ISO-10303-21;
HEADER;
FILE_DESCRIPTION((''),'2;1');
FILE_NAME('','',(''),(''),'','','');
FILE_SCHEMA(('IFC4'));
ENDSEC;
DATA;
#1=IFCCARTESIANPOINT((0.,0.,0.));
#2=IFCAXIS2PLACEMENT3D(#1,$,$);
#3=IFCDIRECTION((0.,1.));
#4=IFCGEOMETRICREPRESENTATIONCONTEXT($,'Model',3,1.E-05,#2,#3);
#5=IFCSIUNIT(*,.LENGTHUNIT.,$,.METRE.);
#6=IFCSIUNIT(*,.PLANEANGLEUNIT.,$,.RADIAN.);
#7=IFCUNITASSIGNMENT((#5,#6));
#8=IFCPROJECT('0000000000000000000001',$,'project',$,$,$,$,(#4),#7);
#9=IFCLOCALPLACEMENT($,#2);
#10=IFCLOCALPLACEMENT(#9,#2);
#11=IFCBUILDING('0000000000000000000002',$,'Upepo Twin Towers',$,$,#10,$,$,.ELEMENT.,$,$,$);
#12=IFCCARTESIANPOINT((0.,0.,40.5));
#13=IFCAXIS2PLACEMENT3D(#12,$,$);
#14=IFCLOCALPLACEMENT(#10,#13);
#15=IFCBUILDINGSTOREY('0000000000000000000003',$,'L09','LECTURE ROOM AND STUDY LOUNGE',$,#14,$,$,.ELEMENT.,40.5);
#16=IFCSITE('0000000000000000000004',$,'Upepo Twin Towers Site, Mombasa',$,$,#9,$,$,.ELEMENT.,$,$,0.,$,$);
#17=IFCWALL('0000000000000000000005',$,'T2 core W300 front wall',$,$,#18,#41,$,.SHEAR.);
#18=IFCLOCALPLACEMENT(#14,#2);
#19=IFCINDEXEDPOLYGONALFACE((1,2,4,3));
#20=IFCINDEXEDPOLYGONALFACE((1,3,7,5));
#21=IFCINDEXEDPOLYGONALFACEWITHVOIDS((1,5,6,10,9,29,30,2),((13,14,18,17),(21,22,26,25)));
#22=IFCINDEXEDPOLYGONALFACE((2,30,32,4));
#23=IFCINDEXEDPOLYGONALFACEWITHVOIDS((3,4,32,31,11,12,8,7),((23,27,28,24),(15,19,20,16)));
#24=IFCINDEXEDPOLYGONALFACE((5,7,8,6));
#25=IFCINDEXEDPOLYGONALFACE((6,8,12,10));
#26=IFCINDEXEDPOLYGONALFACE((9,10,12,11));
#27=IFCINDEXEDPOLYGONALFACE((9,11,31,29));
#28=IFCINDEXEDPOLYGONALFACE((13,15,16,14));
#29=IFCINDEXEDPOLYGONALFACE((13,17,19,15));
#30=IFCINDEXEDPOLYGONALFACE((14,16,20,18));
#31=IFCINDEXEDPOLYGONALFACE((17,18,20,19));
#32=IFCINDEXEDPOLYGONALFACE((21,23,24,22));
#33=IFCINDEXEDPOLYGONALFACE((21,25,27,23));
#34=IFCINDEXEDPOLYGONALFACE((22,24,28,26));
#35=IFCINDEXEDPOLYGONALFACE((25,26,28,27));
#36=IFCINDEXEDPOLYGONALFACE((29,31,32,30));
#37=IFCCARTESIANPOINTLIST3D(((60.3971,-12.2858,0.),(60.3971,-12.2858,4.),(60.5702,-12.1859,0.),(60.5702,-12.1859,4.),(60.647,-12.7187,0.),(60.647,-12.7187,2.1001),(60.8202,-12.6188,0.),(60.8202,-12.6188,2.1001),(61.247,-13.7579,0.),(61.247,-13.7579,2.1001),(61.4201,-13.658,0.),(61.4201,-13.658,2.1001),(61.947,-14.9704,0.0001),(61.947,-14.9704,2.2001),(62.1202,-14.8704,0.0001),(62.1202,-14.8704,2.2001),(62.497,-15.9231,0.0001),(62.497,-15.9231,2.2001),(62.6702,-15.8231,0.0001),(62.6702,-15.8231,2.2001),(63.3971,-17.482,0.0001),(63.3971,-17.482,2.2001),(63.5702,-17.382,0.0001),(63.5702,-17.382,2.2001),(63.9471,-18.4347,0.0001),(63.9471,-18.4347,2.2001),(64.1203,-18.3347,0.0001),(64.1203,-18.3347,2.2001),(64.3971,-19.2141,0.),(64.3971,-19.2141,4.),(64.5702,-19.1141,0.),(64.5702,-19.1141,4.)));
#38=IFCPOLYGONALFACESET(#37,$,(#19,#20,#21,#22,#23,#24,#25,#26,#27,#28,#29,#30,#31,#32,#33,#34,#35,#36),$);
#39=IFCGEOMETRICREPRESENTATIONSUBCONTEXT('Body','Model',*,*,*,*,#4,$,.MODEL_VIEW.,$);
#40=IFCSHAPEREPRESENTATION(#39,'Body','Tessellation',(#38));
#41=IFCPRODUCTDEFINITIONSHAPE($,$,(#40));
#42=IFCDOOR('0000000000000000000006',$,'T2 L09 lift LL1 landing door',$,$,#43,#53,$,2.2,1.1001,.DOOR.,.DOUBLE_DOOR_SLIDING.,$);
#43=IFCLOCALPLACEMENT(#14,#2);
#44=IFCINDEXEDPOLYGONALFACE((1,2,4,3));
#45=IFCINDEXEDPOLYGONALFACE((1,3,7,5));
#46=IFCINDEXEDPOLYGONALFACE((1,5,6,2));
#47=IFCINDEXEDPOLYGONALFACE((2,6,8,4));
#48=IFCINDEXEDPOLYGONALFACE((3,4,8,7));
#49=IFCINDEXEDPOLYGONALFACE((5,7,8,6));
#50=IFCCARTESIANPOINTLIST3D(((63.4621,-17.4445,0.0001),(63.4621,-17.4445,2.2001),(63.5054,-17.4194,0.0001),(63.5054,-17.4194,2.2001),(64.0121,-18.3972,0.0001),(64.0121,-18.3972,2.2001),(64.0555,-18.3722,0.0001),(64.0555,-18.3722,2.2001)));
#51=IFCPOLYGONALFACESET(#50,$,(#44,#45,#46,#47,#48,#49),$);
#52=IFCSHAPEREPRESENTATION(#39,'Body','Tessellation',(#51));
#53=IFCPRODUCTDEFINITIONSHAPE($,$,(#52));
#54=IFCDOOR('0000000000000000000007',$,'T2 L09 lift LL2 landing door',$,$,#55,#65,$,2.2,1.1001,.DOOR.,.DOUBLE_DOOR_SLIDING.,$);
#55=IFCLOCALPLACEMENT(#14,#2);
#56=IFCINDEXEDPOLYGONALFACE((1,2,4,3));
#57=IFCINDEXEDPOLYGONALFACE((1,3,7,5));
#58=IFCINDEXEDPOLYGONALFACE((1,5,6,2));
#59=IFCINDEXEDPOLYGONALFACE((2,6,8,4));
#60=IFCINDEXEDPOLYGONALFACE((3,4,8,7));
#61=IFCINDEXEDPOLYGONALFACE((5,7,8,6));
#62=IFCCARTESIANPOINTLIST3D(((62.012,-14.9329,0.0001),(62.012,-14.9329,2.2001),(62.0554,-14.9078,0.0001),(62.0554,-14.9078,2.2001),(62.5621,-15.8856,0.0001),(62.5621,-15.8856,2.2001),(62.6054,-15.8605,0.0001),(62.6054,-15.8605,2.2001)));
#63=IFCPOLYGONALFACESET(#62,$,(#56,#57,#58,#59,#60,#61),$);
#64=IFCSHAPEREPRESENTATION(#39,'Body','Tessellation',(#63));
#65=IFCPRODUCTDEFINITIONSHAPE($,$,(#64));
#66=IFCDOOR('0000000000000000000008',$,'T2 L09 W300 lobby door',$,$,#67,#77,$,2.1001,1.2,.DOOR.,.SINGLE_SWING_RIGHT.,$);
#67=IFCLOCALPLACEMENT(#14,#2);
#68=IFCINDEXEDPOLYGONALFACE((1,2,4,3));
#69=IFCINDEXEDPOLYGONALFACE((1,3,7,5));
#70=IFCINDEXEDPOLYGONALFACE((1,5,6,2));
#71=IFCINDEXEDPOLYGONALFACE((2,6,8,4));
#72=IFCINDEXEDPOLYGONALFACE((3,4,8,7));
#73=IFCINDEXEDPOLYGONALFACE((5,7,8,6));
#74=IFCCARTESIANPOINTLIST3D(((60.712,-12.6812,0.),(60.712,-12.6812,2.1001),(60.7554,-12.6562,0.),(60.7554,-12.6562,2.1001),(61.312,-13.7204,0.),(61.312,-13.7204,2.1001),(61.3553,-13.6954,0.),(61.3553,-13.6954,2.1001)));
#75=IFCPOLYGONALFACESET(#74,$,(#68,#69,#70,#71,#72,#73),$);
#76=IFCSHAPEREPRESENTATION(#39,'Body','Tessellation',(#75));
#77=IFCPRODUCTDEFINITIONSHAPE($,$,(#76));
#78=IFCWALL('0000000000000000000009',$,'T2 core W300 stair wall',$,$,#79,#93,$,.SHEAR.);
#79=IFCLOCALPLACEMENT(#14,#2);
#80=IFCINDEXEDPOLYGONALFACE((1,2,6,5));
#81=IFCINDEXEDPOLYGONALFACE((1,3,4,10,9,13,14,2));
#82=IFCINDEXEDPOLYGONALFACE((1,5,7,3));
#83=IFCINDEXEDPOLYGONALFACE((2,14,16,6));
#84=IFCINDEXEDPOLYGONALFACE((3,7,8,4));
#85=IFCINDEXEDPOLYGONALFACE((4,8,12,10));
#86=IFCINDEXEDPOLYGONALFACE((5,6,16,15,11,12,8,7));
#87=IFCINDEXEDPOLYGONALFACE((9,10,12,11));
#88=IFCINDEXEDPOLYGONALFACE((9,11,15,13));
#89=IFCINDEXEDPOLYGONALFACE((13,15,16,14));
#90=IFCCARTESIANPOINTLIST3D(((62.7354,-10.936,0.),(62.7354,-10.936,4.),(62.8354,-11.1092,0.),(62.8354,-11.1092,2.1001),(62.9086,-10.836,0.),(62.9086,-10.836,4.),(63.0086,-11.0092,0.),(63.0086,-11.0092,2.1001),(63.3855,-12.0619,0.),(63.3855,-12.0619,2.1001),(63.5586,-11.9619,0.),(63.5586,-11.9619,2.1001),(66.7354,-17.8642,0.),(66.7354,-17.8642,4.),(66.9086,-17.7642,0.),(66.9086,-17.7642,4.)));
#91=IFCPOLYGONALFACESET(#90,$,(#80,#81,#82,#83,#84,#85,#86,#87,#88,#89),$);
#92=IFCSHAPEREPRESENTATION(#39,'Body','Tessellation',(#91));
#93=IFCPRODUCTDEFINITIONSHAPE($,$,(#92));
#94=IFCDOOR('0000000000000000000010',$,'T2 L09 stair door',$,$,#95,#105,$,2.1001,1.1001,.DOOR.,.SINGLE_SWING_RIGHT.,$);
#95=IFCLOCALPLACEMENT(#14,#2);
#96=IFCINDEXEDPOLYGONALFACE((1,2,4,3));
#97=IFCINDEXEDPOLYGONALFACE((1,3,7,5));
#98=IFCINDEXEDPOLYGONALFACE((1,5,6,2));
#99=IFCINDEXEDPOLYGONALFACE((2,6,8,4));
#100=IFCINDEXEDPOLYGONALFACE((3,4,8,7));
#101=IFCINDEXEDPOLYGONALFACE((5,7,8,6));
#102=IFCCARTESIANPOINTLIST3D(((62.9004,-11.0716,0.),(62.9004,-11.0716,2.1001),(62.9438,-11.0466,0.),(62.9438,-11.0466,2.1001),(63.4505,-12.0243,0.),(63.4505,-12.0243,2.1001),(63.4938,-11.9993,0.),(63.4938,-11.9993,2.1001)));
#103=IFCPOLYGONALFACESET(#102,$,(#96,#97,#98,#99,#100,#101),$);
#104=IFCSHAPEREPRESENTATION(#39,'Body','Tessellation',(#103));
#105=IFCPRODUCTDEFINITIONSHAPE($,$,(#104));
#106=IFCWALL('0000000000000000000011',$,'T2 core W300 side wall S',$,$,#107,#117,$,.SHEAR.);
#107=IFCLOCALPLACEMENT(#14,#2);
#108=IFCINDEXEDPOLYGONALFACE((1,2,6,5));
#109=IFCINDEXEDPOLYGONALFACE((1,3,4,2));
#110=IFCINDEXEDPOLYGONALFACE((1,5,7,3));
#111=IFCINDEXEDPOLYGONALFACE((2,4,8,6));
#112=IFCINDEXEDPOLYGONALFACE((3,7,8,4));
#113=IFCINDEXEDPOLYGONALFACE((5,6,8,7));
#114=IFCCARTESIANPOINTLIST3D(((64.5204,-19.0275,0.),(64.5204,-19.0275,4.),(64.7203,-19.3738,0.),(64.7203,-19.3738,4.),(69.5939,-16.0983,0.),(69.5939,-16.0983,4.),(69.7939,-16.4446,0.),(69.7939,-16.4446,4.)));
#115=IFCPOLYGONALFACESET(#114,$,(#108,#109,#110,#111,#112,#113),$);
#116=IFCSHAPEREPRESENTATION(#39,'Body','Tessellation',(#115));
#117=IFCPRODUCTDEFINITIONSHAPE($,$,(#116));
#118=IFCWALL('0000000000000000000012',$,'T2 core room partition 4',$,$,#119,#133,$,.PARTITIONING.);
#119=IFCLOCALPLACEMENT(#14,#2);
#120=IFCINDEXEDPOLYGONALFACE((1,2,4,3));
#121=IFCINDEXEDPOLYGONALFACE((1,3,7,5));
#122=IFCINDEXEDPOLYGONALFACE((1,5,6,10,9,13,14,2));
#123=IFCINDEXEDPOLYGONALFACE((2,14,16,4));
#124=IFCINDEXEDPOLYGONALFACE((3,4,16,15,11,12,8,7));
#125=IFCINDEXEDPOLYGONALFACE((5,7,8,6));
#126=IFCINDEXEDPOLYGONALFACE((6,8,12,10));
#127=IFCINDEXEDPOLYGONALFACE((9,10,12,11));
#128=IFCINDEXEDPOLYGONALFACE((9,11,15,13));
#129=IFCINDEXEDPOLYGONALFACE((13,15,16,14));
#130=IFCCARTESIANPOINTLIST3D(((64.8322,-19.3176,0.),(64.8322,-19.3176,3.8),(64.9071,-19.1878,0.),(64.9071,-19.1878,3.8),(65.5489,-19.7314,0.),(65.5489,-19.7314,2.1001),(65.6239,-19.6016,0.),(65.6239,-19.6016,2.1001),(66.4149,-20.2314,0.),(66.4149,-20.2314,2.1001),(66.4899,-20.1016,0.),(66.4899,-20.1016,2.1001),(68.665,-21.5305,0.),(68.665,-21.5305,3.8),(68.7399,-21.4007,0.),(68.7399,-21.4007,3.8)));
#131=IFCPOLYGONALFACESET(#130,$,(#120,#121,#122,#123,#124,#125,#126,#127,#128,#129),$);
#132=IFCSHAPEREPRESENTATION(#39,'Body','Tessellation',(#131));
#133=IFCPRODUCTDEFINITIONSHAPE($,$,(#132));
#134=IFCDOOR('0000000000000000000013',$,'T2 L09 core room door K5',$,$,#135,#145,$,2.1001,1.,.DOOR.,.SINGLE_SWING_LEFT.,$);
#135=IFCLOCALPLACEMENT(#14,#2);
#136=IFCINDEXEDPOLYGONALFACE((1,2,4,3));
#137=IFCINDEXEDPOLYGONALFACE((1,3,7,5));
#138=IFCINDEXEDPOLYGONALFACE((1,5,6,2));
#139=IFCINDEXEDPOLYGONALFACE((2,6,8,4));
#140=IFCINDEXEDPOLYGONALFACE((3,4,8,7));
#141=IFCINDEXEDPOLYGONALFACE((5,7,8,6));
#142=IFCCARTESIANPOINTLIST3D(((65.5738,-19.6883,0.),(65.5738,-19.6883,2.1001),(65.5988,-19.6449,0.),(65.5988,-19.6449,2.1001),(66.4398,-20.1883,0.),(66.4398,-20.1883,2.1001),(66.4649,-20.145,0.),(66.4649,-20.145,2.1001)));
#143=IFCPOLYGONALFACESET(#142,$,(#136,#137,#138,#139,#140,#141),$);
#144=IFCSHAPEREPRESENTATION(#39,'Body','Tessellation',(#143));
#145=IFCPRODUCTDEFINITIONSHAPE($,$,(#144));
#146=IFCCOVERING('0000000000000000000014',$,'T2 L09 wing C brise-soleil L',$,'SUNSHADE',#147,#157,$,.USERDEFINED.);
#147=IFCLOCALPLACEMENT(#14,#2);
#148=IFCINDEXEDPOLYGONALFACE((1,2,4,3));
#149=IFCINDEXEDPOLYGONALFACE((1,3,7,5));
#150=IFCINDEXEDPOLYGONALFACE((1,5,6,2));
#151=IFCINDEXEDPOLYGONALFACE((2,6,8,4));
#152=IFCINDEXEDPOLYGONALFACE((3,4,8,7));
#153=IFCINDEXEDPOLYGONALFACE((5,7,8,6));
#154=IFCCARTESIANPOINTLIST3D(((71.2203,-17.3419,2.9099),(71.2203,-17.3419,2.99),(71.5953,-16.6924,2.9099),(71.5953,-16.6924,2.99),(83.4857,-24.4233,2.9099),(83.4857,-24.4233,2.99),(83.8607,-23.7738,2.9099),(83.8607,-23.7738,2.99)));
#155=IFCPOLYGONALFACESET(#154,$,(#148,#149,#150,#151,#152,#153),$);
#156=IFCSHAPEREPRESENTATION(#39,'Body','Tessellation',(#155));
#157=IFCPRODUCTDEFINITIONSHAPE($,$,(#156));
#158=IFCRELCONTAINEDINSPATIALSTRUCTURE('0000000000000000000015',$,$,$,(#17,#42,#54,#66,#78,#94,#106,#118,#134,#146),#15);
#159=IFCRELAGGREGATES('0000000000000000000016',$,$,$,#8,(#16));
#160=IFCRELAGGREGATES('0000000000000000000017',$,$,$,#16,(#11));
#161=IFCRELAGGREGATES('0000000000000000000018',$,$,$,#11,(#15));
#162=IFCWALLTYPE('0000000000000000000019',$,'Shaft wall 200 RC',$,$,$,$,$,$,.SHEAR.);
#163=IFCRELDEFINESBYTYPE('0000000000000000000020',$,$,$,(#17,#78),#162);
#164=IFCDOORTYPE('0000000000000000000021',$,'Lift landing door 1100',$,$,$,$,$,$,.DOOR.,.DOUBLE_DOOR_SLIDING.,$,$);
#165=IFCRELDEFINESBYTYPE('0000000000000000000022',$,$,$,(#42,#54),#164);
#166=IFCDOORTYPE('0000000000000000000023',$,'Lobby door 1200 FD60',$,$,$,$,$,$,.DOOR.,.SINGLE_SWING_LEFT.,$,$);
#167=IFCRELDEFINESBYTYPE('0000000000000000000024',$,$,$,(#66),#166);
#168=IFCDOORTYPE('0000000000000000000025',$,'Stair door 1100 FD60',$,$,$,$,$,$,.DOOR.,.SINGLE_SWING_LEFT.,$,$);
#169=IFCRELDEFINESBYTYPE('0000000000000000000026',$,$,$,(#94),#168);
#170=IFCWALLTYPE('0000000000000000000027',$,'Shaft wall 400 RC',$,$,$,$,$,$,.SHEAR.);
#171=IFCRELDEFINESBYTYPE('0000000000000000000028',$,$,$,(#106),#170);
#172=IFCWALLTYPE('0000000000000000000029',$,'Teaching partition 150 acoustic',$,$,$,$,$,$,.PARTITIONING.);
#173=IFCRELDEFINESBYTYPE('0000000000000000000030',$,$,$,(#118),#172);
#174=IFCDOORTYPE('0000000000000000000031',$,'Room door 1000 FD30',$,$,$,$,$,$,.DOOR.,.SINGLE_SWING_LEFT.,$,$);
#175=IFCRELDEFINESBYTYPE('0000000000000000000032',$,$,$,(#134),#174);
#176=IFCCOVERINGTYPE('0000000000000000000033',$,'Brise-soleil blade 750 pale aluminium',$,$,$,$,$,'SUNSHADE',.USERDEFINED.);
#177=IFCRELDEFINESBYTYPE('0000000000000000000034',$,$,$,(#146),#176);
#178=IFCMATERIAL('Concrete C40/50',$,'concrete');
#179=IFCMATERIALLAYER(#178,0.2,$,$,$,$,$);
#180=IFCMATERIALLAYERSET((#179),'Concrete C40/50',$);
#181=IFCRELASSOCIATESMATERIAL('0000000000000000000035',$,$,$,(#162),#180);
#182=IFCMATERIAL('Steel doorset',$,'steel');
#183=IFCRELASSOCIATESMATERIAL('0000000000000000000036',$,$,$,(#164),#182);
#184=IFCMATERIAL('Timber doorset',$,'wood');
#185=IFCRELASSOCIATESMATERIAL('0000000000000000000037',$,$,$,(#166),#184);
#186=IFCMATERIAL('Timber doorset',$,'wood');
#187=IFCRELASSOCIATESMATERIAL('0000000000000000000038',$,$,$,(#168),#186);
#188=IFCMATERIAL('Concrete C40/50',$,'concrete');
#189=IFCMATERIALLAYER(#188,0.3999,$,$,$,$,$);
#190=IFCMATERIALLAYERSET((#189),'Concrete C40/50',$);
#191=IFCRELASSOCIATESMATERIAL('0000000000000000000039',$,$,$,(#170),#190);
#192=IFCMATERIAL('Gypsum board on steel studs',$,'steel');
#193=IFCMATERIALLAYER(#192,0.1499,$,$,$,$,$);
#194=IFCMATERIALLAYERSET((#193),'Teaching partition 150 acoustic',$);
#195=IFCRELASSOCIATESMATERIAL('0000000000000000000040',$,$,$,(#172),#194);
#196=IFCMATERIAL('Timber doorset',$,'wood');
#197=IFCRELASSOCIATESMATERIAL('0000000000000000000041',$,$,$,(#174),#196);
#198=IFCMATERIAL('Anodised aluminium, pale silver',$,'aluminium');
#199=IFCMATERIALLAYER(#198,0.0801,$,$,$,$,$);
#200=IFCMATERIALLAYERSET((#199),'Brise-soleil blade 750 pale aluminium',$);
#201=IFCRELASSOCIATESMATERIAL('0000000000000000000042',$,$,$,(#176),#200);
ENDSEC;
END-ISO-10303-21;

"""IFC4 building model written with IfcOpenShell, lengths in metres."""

from ifc_helpers import new_model, si_unit, direction, frame, frame_2d, origin, origin_2d, place, context, subcontext, project, spatial, rectangle, extrude, material, layer, layer_set, type_object, element, fill, save


model = new_model("IFC4")

# Units and contexts
model_context = context("Model", 3, precision=1e-05, world=origin(), true_north=direction((0.0, 1.0)))
body_context = subcontext(model_context, "Body", "Model", "MODEL_VIEW")
ifc_project = project(units=[si_unit("LENGTHUNIT", "METRE"), si_unit("PLANEANGLEUNIT", "RADIAN")], contexts=[model_context])

# Site, building, storey
site_placement = place(None, origin())
site = spatial("IfcSite", under=ifc_project, at=site_placement, Name="Upepo Twin Towers Site, Mombasa", CompositionType="ELEMENT", RefElevation=0.0)
building_placement = place(site_placement, origin())
building = spatial("IfcBuilding", under=site, at=building_placement, Name="Upepo Twin Towers", CompositionType="ELEMENT")
storey_placement = place(building_placement, frame((0.0, 0.0, 40.5)))
storey = spatial("IfcBuildingStorey", under=building, at=storey_placement, Name="L09", Description="LECTURE ROOM AND STUDY LOUNGE", CompositionType="ELEMENT", Elevation=40.5)

# Wall, openings, doors
ifc_material_1 = material(Name="Concrete C40/50", Category="concrete")
ifc_layer_1 = layer(ifc_material_1, 0.2)
ifc_layer_set_1 = layer_set([ifc_layer_1], Name="Concrete C40/50")
wall_type_1 = type_object("IfcWallType", Name="Shaft wall 200 RC", PredefinedType="SHEAR", material=ifc_layer_set_1)
wall_1_placement = place(storey_placement, frame((64.4836, -19.1641, 0.0), z_axis=(0.0, 0.0, 1.0), x_axis=(-0.499999, 0.866026, 0.0)))
wall_1 = element("IfcWall", 1, at=wall_1_placement, inside=storey, type_object=wall_type_1, Name="T2 core W300 front wall", PredefinedType="SHEAR", context=body_context, shape_type="SweptSolid", body=[
    extrude(rectangle(XDim=8.0, YDim=0.2, at=frame_2d((4.0, 0.0))), origin(), (0.0, 0.0, 1.0), 4.0),
])
opening_1_placement = place(wall_1_placement, frame((6.3, 0.0, 0.0)))
opening_1 = element("IfcOpeningElement", 2, at=opening_1_placement, cuts=wall_1, PredefinedType="OPENING", context=body_context, shape_type="SweptSolid", body=[
    extrude(rectangle(XDim=1.2, YDim=2.1001, at=frame_2d((0.6001, 1.05))), frame((0.0, 0.1099, 0.0), z_axis=(0.0, -1.0, 0.0), x_axis=(1.0, 0.0, 0.0)), (0.0, 0.0, 1.0), 0.22),
])
opening_2_placement = place(wall_1_placement, frame((0.8999, 0.0, 0.0)))
opening_2 = element("IfcOpeningElement", 3, at=opening_2_placement, cuts=wall_1, PredefinedType="OPENING", context=body_context, shape_type="SweptSolid", body=[
    extrude(rectangle(XDim=1.1001, YDim=2.2, at=frame_2d((0.55, 1.1001))), frame((0.0, 0.1099, 0.0), z_axis=(0.0, -1.0, 0.0), x_axis=(1.0, 0.0, 0.0)), (0.0, 0.0, 1.0), 0.22),
])
opening_3_placement = place(wall_1_placement, frame((3.8, 0.0, 0.0)))
opening_3 = element("IfcOpeningElement", 4, at=opening_3_placement, cuts=wall_1, PredefinedType="OPENING", context=body_context, shape_type="SweptSolid", body=[
    extrude(rectangle(XDim=1.1001, YDim=2.2, at=frame_2d((0.55, 1.1001))), frame((0.0, 0.1099, 0.0), z_axis=(0.0, -1.0, 0.0), x_axis=(1.0, 0.0, 0.0)), (0.0, 0.0, 1.0), 0.22),
])
ifc_material_2 = material(Name="Steel doorset", Category="steel")
door_type_1 = type_object("IfcDoorType", Name="Lift landing door 1100", OperationType="DOUBLE_DOOR_SLIDING", PredefinedType="DOOR", material=ifc_material_2)
door_1_placement = place(opening_2_placement, origin())
door_1 = element("IfcDoor", 5, at=door_1_placement, inside=storey, type_object=door_type_1, Name="T2 L09 lift LL1 landing door", OperationType="DOUBLE_DOOR_SLIDING", OverallHeight=2.2, OverallWidth=1.1001, PredefinedType="DOOR", context=body_context, shape_type="SweptSolid", body=[
    extrude(rectangle(XDim=1.1001, YDim=2.2, at=frame_2d((0.55, 1.1001))), frame((0.0, 0.0249, 0.0), z_axis=(0.0, -1.0, 0.0), x_axis=(1.0, 0.0, 0.0)), (0.0, 0.0, 1.0), 0.05),
])
fill(opening_2, door_1)
door_2_placement = place(opening_3_placement, origin())
door_2 = element("IfcDoor", 6, at=door_2_placement, inside=storey, type_object=door_type_1, Name="T2 L09 lift LL2 landing door", OperationType="DOUBLE_DOOR_SLIDING", OverallHeight=2.2, OverallWidth=1.1001, PredefinedType="DOOR", context=body_context, shape_type="SweptSolid", body=[
    extrude(rectangle(XDim=1.1001, YDim=2.2, at=frame_2d((0.55, 1.1001))), frame((0.0, 0.0249, 0.0), z_axis=(0.0, -1.0, 0.0), x_axis=(1.0, 0.0, 0.0)), (0.0, 0.0, 1.0), 0.05),
])
fill(opening_3, door_2)
ifc_material_3 = material(Name="Timber doorset", Category="wood")
door_type_2 = type_object("IfcDoorType", Name="Lobby door 1200 FD60", OperationType="SINGLE_SWING_LEFT", PredefinedType="DOOR", material=ifc_material_3)
door_3_placement = place(opening_1_placement, origin())
door_3 = element("IfcDoor", 7, at=door_3_placement, inside=storey, type_object=door_type_2, Name="T2 L09 W300 lobby door", OperationType="SINGLE_SWING_RIGHT", OverallHeight=2.1001, OverallWidth=1.2, PredefinedType="DOOR", context=body_context, shape_type="SweptSolid", body=[
    extrude(rectangle(XDim=1.2, YDim=2.1001, at=frame_2d((0.6001, 1.05))), frame((0.0, 0.0249, 0.0), z_axis=(0.0, -1.0, 0.0), x_axis=(1.0, 0.0, 0.0)), (0.0, 0.0, 1.0), 0.05),
])
fill(opening_1, door_3)

# Wall, opening, door
wall_2_placement = place(storey_placement, frame((66.822, -17.8142, 0.0), z_axis=(0.0, 0.0, 1.0), x_axis=(-0.499999, 0.866026, 0.0)))
wall_2 = element("IfcWall", 8, at=wall_2_placement, inside=storey, type_object=wall_type_1, Name="T2 core W300 stair wall", PredefinedType="SHEAR", context=body_context, shape_type="SweptSolid", body=[
    extrude(rectangle(XDim=8.0, YDim=0.2, at=frame_2d((4.0, 0.0))), origin(), (0.0, 0.0, 1.0), 4.0),
])
opening_4_placement = place(wall_2_placement, frame((6.7, 0.0, 0.0)))
opening_4 = element("IfcOpeningElement", 9, at=opening_4_placement, cuts=wall_2, PredefinedType="OPENING", context=body_context, shape_type="SweptSolid", body=[
    extrude(rectangle(XDim=1.1001, YDim=2.1001, at=frame_2d((0.55, 1.05))), frame((0.0, 0.1099, 0.0), z_axis=(0.0, -1.0, 0.0), x_axis=(1.0, 0.0, 0.0)), (0.0, 0.0, 1.0), 0.22),
])
ifc_material_4 = material(Name="Timber doorset", Category="wood")
door_type_3 = type_object("IfcDoorType", Name="Stair door 1100 FD60", OperationType="SINGLE_SWING_LEFT", PredefinedType="DOOR", material=ifc_material_4)
door_4_placement = place(opening_4_placement, origin())
door_4 = element("IfcDoor", 10, at=door_4_placement, inside=storey, type_object=door_type_3, Name="T2 L09 stair door", OperationType="SINGLE_SWING_RIGHT", OverallHeight=2.1001, OverallWidth=1.1001, PredefinedType="DOOR", context=body_context, shape_type="SweptSolid", body=[
    extrude(rectangle(XDim=1.1001, YDim=2.1001, at=frame_2d((0.55, 1.05))), frame((0.0, 0.0249, 0.0), z_axis=(0.0, -1.0, 0.0), x_axis=(1.0, 0.0, 0.0)), (0.0, 0.0, 1.0), 0.05),
])
fill(opening_4, door_4)

# Wall
ifc_material_5 = material(Name="Concrete C40/50", Category="concrete")
ifc_layer_2 = layer(ifc_material_5, 0.3999)
ifc_layer_set_2 = layer_set([ifc_layer_2], Name="Concrete C40/50")
wall_type_2 = type_object("IfcWallType", Name="Shaft wall 400 RC", PredefinedType="SHEAR", material=ifc_layer_set_2)
wall_3_placement = place(storey_placement, frame((64.6204, -19.2007, 0.0), z_axis=(0.0, 0.0, 1.0), x_axis=(0.866024, 0.500003, 0.0)))
element("IfcWall", 11, at=wall_3_placement, inside=storey, type_object=wall_type_2, Name="T2 core W300 side wall S", PredefinedType="SHEAR", context=body_context, shape_type="SweptSolid", body=[
    extrude(rectangle(XDim=5.8584, YDim=0.3999, at=frame_2d((2.9292, 0.0))), origin(), (0.0, 0.0, 1.0), 4.0),
])

# Wall, opening, door
ifc_material_6 = material(Name="Gypsum board on steel studs", Category="steel")
ifc_layer_3 = layer(ifc_material_6, 0.1499)
ifc_layer_set_3 = layer_set([ifc_layer_3], Name="Teaching partition 150 acoustic")
wall_type_3 = type_object("IfcWallType", Name="Teaching partition 150 acoustic", PredefinedType="PARTITIONING", material=ifc_layer_set_3)
wall_4_placement = place(storey_placement, frame((64.8696, -19.2527, 0.0), z_axis=(0.0, 0.0, 1.0), x_axis=(0.866021, -0.500007, 0.0)))
wall_4 = element("IfcWall", 12, at=wall_4_placement, inside=storey, type_object=wall_type_3, Name="T2 core room partition 4", PredefinedType="PARTITIONING", context=body_context, shape_type="SweptSolid", body=[
    extrude(rectangle(XDim=4.4258, YDim=0.1499, at=frame_2d((2.2129, 0.0))), origin(), (0.0, 0.0, 1.0), 3.8),
])
opening_5_placement = place(wall_4_placement, frame((0.8276, 0.0, 0.0)))
opening_5 = element("IfcOpeningElement", 13, at=opening_5_placement, cuts=wall_4, PredefinedType="OPENING", context=body_context, shape_type="SweptSolid", body=[
    extrude(rectangle(XDim=1.0, YDim=2.1001, at=frame_2d((0.5, 1.05))), frame((0.0, 0.085, 0.0), z_axis=(0.0, -1.0, 0.0), x_axis=(1.0, 0.0, 0.0)), (0.0, 0.0, 1.0), 0.1699),
])
ifc_material_7 = material(Name="Timber doorset", Category="wood")
door_type_4 = type_object("IfcDoorType", Name="Room door 1000 FD30", OperationType="SINGLE_SWING_LEFT", PredefinedType="DOOR", material=ifc_material_7)
door_5_placement = place(opening_5_placement, origin())
door_5 = element("IfcDoor", 14, at=door_5_placement, inside=storey, type_object=door_type_4, Name="T2 L09 core room door K5", OperationType="SINGLE_SWING_LEFT", OverallHeight=2.1001, OverallWidth=1.0, PredefinedType="DOOR", context=body_context, shape_type="SweptSolid", body=[
    extrude(rectangle(XDim=1.0, YDim=2.1001, at=frame_2d((0.5, 1.05))), frame((0.0, 0.0249, 0.0), z_axis=(0.0, -1.0, 0.0), x_axis=(1.0, 0.0, 0.0)), (0.0, 0.0, 1.0), 0.05),
])
fill(opening_5, door_5)

# Covering
ifc_material_8 = material(Name="Anodised aluminium, pale silver", Category="aluminium")
ifc_layer_4 = layer(ifc_material_8, 0.0801)
ifc_layer_set_4 = layer_set([ifc_layer_4], Name="Brise-soleil blade 750 pale aluminium")
covering_type = type_object("IfcCoveringType", Name="Brise-soleil blade 750 pale aluminium", ElementType="SUNSHADE", PredefinedType="USERDEFINED", material=ifc_layer_set_4)
covering_placement = place(storey_placement, frame((77.5405, -20.5579, 2.9099), z_axis=(0.0, 0.0, 1.0), x_axis=(0.866025, -0.5, 0.0)))
element("IfcCovering", 15, at=covering_placement, inside=storey, type_object=covering_type, Name="T2 L09 wing C brise-soleil L", ObjectType="SUNSHADE", PredefinedType="USERDEFINED", context=body_context, shape_type="SweptSolid", body=[
    extrude(rectangle(XDim=14.1628, YDim=0.75, at=origin_2d()), origin(), (0.0, 0.0, 1.0), 0.0801),
])

save(model, "model.ifc")
